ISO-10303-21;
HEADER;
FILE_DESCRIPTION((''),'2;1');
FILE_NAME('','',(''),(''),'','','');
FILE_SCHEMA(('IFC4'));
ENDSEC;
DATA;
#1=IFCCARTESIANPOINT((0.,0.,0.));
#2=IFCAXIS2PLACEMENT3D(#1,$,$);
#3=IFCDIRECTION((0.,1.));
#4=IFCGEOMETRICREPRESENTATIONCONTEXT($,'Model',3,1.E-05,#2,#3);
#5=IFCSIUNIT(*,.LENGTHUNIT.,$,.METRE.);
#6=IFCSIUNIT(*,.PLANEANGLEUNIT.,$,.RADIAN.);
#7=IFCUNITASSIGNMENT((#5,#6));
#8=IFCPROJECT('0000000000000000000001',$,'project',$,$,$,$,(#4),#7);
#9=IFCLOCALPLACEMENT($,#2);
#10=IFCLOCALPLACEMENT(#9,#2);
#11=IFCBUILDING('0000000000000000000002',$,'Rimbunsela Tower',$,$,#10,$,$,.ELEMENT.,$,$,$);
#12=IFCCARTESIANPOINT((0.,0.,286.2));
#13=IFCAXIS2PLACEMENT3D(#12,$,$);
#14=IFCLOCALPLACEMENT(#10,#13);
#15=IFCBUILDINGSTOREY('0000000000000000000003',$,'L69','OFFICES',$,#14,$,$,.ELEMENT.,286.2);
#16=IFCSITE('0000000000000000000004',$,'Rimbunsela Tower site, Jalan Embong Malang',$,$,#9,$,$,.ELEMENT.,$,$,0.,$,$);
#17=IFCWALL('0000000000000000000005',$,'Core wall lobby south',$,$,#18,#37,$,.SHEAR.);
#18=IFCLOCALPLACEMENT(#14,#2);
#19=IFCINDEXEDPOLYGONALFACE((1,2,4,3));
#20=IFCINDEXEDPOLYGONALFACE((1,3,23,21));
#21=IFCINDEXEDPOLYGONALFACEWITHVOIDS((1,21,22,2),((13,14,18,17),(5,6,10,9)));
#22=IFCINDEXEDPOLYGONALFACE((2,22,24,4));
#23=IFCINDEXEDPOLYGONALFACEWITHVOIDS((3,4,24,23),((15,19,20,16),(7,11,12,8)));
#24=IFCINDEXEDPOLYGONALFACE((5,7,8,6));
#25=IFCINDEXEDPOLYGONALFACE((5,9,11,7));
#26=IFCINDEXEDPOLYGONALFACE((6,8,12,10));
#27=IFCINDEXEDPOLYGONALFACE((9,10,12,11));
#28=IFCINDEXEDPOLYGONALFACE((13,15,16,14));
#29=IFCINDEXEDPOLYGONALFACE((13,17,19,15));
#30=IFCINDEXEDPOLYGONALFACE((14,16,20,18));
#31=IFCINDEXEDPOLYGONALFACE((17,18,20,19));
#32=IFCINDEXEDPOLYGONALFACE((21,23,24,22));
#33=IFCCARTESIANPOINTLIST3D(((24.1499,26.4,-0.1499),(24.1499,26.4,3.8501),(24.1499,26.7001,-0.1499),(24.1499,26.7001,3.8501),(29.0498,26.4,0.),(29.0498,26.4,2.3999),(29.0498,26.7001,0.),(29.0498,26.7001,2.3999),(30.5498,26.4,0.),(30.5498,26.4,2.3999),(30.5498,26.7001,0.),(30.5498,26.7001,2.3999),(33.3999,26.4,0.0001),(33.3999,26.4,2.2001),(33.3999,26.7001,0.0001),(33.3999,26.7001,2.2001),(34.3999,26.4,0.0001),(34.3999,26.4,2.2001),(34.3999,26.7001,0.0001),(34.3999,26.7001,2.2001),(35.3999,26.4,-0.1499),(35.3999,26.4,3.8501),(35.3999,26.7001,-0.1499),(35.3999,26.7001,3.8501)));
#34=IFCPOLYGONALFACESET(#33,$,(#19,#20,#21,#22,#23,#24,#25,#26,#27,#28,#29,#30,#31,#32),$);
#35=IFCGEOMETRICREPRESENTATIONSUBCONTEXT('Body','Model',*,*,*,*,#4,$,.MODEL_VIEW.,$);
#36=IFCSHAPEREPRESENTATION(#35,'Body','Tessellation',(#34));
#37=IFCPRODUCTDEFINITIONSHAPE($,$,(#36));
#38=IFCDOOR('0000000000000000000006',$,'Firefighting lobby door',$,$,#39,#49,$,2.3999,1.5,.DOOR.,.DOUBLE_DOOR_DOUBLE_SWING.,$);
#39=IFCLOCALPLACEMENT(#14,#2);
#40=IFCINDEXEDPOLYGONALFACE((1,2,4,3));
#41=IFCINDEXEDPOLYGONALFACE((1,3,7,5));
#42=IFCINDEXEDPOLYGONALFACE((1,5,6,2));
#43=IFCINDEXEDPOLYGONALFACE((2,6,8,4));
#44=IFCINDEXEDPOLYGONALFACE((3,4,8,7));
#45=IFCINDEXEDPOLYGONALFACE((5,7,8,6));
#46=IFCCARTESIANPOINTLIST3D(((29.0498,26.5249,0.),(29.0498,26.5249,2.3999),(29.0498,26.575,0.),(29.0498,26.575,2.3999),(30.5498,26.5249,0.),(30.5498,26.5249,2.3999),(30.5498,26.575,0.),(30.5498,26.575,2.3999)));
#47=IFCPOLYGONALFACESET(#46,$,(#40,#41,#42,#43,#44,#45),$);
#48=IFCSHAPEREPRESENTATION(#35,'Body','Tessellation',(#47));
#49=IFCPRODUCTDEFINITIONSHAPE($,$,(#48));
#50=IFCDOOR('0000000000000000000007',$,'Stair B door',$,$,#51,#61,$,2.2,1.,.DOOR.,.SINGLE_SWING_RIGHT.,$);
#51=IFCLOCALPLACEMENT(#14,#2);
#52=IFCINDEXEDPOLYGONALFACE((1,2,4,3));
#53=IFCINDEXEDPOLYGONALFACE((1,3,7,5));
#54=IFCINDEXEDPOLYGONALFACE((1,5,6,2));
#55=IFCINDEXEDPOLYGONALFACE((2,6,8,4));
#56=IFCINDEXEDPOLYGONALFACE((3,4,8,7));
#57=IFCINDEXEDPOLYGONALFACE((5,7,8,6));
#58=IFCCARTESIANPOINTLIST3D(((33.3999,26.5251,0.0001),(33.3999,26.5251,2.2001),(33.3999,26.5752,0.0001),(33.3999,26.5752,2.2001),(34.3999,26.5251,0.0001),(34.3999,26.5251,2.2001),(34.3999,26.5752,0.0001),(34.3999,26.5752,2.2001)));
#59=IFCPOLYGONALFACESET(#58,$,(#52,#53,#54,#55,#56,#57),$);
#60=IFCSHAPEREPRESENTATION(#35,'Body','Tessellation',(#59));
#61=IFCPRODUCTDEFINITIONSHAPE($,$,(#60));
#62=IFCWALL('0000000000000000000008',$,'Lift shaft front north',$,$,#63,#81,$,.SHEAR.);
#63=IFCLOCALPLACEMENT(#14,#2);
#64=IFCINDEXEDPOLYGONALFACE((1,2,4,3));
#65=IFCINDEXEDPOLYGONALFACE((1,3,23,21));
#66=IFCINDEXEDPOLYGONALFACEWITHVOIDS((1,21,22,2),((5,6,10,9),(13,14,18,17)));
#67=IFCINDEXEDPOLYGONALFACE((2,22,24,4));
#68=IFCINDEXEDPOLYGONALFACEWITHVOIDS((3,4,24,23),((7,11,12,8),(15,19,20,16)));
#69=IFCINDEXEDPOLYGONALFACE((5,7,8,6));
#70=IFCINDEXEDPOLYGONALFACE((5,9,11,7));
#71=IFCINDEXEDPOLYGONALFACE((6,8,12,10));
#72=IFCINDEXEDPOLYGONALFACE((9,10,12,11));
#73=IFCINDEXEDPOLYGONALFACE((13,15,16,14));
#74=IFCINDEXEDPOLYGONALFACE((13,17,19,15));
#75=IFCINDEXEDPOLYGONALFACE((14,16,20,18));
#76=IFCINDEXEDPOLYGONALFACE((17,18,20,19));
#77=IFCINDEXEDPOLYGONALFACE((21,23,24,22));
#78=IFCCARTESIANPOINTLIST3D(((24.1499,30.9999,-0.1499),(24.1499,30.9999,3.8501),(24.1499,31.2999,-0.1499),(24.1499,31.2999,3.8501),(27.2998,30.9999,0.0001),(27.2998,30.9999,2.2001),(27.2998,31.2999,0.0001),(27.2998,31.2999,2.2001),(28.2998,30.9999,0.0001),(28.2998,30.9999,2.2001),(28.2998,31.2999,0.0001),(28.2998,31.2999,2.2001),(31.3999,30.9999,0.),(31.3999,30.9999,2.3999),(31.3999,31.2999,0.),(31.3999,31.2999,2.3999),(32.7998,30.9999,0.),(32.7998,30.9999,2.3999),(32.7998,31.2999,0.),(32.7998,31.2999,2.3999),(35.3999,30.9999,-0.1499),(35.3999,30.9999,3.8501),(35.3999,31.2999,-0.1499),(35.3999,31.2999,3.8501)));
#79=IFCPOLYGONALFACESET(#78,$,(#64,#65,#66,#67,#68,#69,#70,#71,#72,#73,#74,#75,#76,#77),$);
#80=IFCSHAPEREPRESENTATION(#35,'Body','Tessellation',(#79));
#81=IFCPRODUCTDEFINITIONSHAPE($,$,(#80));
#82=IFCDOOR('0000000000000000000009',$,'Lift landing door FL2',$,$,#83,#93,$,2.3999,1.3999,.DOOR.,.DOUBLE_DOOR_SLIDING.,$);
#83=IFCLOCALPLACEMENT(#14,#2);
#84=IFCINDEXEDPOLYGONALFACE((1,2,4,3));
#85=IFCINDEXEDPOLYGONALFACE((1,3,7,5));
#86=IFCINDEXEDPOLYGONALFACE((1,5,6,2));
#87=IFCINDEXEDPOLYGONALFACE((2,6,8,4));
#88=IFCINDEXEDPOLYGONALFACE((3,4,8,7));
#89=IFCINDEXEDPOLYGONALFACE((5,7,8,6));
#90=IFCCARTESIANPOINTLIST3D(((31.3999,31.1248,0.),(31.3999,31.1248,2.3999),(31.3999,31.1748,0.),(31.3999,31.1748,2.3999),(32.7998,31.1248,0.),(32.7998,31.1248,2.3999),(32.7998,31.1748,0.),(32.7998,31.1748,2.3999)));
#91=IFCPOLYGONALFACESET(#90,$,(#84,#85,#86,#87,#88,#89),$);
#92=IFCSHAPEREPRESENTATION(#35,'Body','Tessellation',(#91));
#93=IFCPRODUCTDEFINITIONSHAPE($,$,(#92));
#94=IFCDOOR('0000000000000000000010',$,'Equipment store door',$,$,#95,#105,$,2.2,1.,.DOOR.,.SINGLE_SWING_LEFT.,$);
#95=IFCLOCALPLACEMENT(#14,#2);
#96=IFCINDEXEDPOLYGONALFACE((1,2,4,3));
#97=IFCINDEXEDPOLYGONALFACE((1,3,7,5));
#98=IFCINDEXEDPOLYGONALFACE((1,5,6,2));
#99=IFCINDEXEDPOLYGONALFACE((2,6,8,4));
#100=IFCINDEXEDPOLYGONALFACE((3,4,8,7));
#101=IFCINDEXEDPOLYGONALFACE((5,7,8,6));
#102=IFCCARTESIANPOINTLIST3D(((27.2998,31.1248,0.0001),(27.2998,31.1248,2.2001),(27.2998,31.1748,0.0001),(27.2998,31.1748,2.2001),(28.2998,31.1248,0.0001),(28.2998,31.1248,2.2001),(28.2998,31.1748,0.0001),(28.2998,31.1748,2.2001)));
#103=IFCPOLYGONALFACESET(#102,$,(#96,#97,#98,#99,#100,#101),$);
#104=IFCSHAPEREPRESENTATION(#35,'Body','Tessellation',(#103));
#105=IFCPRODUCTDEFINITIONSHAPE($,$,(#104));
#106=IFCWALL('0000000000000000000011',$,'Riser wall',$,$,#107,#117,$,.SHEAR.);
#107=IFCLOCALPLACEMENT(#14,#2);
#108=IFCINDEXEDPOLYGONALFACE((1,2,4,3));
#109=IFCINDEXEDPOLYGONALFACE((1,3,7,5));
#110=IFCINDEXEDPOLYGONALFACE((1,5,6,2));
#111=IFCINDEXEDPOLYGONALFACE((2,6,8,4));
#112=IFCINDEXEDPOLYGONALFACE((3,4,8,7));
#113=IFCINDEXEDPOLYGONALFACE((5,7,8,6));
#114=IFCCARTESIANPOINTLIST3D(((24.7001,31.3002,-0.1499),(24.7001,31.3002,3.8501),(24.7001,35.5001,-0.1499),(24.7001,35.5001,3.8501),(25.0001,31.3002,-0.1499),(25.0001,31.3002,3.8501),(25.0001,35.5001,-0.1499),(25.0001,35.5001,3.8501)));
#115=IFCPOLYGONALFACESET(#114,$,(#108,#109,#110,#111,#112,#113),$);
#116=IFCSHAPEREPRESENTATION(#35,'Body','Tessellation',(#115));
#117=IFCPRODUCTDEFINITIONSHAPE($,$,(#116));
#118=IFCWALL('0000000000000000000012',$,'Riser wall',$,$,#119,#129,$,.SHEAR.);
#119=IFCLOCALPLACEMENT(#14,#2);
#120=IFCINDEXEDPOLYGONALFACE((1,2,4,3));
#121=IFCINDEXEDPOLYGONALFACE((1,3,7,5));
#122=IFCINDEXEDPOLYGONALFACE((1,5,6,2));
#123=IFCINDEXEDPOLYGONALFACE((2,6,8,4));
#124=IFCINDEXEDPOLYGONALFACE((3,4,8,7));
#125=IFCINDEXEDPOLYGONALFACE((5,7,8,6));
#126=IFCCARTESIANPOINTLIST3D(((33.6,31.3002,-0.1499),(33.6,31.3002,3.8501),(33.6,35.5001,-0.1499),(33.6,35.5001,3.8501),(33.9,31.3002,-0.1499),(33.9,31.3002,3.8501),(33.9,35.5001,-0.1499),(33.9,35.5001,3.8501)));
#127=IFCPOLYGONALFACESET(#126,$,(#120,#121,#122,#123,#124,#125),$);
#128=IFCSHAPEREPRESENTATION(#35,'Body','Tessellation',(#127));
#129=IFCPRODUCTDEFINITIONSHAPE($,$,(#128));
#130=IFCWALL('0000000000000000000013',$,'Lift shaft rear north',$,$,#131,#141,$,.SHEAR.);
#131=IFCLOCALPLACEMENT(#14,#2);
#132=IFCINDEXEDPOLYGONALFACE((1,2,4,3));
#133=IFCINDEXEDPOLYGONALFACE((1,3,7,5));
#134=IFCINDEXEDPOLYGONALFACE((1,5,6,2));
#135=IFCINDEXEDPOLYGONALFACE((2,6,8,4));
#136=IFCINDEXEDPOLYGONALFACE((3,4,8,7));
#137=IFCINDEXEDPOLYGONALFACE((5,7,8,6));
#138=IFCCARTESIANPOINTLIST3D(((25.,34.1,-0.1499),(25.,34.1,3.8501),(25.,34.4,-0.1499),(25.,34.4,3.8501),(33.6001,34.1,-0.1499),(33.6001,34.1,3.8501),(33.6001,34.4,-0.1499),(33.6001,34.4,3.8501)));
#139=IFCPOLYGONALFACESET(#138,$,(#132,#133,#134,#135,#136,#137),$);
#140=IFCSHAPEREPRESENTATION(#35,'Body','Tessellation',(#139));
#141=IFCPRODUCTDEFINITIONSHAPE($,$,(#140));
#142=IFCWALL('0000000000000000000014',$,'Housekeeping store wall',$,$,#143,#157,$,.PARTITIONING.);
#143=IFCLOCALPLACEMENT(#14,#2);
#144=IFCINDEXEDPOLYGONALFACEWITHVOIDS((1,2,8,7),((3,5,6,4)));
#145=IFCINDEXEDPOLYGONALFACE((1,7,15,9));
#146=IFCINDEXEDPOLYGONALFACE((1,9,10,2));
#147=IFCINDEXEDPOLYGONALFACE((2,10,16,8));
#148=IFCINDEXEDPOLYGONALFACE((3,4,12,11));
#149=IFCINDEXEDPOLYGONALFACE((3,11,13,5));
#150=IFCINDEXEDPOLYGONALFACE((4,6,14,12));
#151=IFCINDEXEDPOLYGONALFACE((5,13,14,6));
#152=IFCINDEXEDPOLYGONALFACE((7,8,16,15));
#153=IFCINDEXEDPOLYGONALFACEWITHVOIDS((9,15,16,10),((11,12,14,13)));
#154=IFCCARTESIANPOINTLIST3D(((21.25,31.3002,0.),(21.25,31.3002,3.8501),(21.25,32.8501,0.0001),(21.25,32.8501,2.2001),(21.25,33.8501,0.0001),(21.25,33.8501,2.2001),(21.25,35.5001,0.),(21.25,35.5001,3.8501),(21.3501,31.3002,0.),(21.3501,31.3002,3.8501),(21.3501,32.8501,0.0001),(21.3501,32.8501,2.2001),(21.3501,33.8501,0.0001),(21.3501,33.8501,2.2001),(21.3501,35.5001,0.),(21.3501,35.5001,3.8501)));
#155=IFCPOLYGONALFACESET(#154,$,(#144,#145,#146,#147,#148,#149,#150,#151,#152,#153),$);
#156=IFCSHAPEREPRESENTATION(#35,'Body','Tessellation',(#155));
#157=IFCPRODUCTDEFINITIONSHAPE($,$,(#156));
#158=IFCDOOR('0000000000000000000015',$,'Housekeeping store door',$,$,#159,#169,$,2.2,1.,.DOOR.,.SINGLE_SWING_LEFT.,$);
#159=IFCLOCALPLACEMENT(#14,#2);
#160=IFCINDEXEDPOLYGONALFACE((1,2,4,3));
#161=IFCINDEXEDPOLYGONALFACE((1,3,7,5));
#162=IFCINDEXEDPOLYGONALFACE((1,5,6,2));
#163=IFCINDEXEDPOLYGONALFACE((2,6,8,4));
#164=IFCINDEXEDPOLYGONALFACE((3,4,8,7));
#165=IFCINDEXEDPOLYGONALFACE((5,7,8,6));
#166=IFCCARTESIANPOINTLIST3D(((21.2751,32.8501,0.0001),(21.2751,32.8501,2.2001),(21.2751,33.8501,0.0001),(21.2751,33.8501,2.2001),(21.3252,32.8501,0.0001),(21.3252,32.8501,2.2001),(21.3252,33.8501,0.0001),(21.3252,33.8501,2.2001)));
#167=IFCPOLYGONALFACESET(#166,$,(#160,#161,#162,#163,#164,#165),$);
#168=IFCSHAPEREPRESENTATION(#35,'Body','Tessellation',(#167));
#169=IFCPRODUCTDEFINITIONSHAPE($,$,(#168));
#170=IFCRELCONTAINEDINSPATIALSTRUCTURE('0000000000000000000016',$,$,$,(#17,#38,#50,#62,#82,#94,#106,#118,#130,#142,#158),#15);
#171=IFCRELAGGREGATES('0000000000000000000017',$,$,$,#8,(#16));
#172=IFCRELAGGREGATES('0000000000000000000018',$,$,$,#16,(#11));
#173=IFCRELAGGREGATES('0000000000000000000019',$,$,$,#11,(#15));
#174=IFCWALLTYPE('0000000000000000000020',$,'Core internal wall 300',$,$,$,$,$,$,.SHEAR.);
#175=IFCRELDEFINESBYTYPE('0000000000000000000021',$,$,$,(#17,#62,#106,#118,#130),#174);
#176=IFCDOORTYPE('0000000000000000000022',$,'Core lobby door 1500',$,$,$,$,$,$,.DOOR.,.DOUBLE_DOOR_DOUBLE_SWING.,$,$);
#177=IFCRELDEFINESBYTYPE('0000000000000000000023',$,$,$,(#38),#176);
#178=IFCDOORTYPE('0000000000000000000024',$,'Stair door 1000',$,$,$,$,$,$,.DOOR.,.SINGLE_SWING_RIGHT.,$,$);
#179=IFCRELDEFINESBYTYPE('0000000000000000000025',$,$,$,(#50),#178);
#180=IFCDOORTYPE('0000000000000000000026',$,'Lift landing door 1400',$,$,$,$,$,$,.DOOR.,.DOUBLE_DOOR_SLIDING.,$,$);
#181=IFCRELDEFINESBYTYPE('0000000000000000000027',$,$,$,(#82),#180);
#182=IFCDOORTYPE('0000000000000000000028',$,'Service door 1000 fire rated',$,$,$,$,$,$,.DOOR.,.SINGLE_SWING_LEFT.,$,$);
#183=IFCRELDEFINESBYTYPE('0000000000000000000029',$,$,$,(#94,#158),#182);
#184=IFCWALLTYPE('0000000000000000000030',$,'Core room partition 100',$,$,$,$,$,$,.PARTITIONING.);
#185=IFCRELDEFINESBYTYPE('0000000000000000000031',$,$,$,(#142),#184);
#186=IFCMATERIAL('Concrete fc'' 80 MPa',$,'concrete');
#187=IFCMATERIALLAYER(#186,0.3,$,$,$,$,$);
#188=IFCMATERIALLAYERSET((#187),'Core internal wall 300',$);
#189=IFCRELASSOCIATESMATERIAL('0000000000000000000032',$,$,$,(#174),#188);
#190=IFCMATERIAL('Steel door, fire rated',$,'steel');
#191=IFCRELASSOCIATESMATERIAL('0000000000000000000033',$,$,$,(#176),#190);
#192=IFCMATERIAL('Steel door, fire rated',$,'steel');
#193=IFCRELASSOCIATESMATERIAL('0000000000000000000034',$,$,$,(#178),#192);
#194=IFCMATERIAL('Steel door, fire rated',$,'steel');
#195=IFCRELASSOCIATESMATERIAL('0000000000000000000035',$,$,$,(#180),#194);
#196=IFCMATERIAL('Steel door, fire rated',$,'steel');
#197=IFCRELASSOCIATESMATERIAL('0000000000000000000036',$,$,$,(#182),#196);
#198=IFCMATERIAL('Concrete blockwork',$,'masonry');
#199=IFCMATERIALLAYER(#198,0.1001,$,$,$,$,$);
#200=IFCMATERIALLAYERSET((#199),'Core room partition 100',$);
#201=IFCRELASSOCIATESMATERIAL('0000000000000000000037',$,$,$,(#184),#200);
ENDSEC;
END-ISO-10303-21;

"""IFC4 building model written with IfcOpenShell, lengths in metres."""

from ifc_helpers import new_model, si_unit, direction, frame, frame_2d, origin, place, context, subcontext, project, spatial, rectangle, extrude, material, layer, layer_set, type_object, element, fill, save


model = new_model("IFC4")

# Units and contexts
model_context = context("Model", 3, precision=1e-05, world=origin(), true_north=direction((0.0, 1.0)))
body_context = subcontext(model_context, "Body", "Model", "MODEL_VIEW")
ifc_project = project(units=[si_unit("LENGTHUNIT", "METRE"), si_unit("PLANEANGLEUNIT", "RADIAN")], contexts=[model_context])

# Site, building, storey
site_placement = place(None, origin())
site = spatial("IfcSite", under=ifc_project, at=site_placement, Name="Rimbunsela Tower site, Jalan Embong Malang", CompositionType="ELEMENT", RefElevation=0.0)
building_placement = place(site_placement, origin())
building = spatial("IfcBuilding", under=site, at=building_placement, Name="Rimbunsela Tower", CompositionType="ELEMENT")
storey_placement = place(building_placement, frame((0.0, 0.0, 286.2)))
storey = spatial("IfcBuildingStorey", under=building, at=storey_placement, Name="L69", Description="OFFICES", CompositionType="ELEMENT", Elevation=286.2)

# Walls, openings, doors
ifc_material_1 = material(Name="Concrete fc' 80 MPa", Category="concrete")
ifc_layer_1 = layer(ifc_material_1, 0.3)
ifc_layer_set_1 = layer_set([ifc_layer_1], Name="Core internal wall 300")
wall_type_1 = type_object("IfcWallType", Name="Core internal wall 300", PredefinedType="SHEAR", material=ifc_layer_set_1)
wall_1_placement = place(storey_placement, frame((24.1499, 26.55, -0.1499), z_axis=(0.0, 0.0, 1.0), x_axis=(1.0, 0.0, 0.0)))
wall_1 = element("IfcWall", 1, at=wall_1_placement, inside=storey, type_object=wall_type_1, Name="Core wall lobby south", PredefinedType="SHEAR", context=body_context, shape_type="SweptSolid", body=[
    extrude(rectangle(XDim=11.25, YDim=0.3, at=frame_2d((5.625, 0.0))), origin(), (0.0, 0.0, 1.0), 4.0),
])
opening_1_placement = place(wall_1_placement, frame((9.25, 0.0, 0.1499)))
opening_1 = element("IfcOpeningElement", 2, at=opening_1_placement, cuts=wall_1, PredefinedType="OPENING", context=body_context, shape_type="SweptSolid", body=[
    extrude(rectangle(XDim=1.0, YDim=2.2, at=frame_2d((0.5, 1.1001))), frame((0.0, 0.1599, 0.0), z_axis=(0.0, -1.0, 0.0), x_axis=(1.0, 0.0, 0.0)), (0.0, 0.0, 1.0), 0.3201),
])
opening_2_placement = place(wall_1_placement, frame((4.8999, 0.0, 0.1499)))
opening_2 = element("IfcOpeningElement", 3, at=opening_2_placement, cuts=wall_1, PredefinedType="OPENING", context=body_context, shape_type="SweptSolid", body=[
    extrude(rectangle(XDim=1.5, YDim=2.3999, at=frame_2d((0.75, 1.2))), frame((0.0, 0.1599, 0.0), z_axis=(0.0, -1.0, 0.0), x_axis=(1.0, 0.0, 0.0)), (0.0, 0.0, 1.0), 0.3201),
])
ifc_material_2 = material(Name="Steel door, fire rated", Category="steel")
door_type_1 = type_object("IfcDoorType", Name="Core lobby door 1500", OperationType="DOUBLE_DOOR_DOUBLE_SWING", PredefinedType="DOOR", material=ifc_material_2)
door_1_placement = place(opening_2_placement, origin())
door_1 = element("IfcDoor", 4, at=door_1_placement, inside=storey, type_object=door_type_1, Name="Firefighting lobby door", OperationType="DOUBLE_DOOR_DOUBLE_SWING", OverallHeight=2.3999, OverallWidth=1.5, PredefinedType="DOOR", context=body_context, shape_type="SweptSolid", body=[
    extrude(rectangle(XDim=1.5, YDim=2.3999, at=frame_2d((0.75, 1.2))), frame((0.0, 0.0249, 0.0), z_axis=(0.0, -1.0, 0.0), x_axis=(1.0, 0.0, 0.0)), (0.0, 0.0, 1.0), 0.05),
])
fill(opening_2, door_1)
ifc_material_3 = material(Name="Steel door, fire rated", Category="steel")
door_type_2 = type_object("IfcDoorType", Name="Stair door 1000", OperationType="SINGLE_SWING_RIGHT", PredefinedType="DOOR", material=ifc_material_3)
door_2_placement = place(opening_1_placement, frame((1.0, 0.0, 0.0), z_axis=(0.0, 0.0, 1.0), x_axis=(-1.0, 0.0, 0.0)))
door_2 = element("IfcDoor", 5, at=door_2_placement, inside=storey, type_object=door_type_2, Name="Stair B door", OperationType="SINGLE_SWING_RIGHT", OverallHeight=2.2, OverallWidth=1.0, PredefinedType="DOOR", context=body_context, shape_type="SweptSolid", body=[
    extrude(rectangle(XDim=1.0, YDim=2.2, at=frame_2d((0.5, 1.1001))), frame((0.0, 0.0249, 0.0), z_axis=(0.0, -1.0, 0.0), x_axis=(1.0, 0.0, 0.0)), (0.0, 0.0, 1.0), 0.05),
])
fill(opening_1, door_2)
wall_2_placement = place(storey_placement, frame((24.1499, 31.1499, -0.1499), z_axis=(0.0, 0.0, 1.0), x_axis=(1.0, 0.0, 0.0)))
wall_2 = element("IfcWall", 6, at=wall_2_placement, inside=storey, type_object=wall_type_1, Name="Lift shaft front north", PredefinedType="SHEAR", context=body_context, shape_type="SweptSolid", body=[
    extrude(rectangle(XDim=11.25, YDim=0.3, at=frame_2d((5.625, 0.0))), origin(), (0.0, 0.0, 1.0), 4.0),
])
opening_3_placement = place(wall_2_placement, frame((3.1499, 0.0, 0.1499)))
opening_3 = element("IfcOpeningElement", 7, at=opening_3_placement, cuts=wall_2, PredefinedType="OPENING", context=body_context, shape_type="SweptSolid", body=[
    extrude(rectangle(XDim=1.0, YDim=2.2, at=frame_2d((0.5, 1.1001))), frame((0.0, 0.1599, 0.0), z_axis=(0.0, -1.0, 0.0), x_axis=(1.0, 0.0, 0.0)), (0.0, 0.0, 1.0), 0.3201),
])
opening_4_placement = place(wall_2_placement, frame((7.25, 0.0, 0.1499)))
opening_4 = element("IfcOpeningElement", 8, at=opening_4_placement, cuts=wall_2, PredefinedType="OPENING", context=body_context, shape_type="SweptSolid", body=[
    extrude(rectangle(XDim=1.3999, YDim=2.3999, at=frame_2d((0.7, 1.2))), frame((0.0, 0.1599, 0.0), z_axis=(0.0, -1.0, 0.0), x_axis=(1.0, 0.0, 0.0)), (0.0, 0.0, 1.0), 0.3201),
])
ifc_material_4 = material(Name="Steel door, fire rated", Category="steel")
door_type_3 = type_object("IfcDoorType", Name="Lift landing door 1400", OperationType="DOUBLE_DOOR_SLIDING", PredefinedType="DOOR", material=ifc_material_4)
door_3_placement = place(opening_4_placement, origin())
door_3 = element("IfcDoor", 9, at=door_3_placement, inside=storey, type_object=door_type_3, Name="Lift landing door FL2", OperationType="DOUBLE_DOOR_SLIDING", OverallHeight=2.3999, OverallWidth=1.3999, PredefinedType="DOOR", context=body_context, shape_type="SweptSolid", body=[
    extrude(rectangle(XDim=1.3999, YDim=2.3999, at=frame_2d((0.7, 1.2))), frame((0.0, 0.0249, 0.0), z_axis=(0.0, -1.0, 0.0), x_axis=(1.0, 0.0, 0.0)), (0.0, 0.0, 1.0), 0.05),
])
fill(opening_4, door_3)
ifc_material_5 = material(Name="Steel door, fire rated", Category="steel")
door_type_4 = type_object("IfcDoorType", Name="Service door 1000 fire rated", OperationType="SINGLE_SWING_LEFT", PredefinedType="DOOR", material=ifc_material_5)
door_4_placement = place(opening_3_placement, origin())
door_4 = element("IfcDoor", 10, at=door_4_placement, inside=storey, type_object=door_type_4, Name="Equipment store door", OperationType="SINGLE_SWING_LEFT", OverallHeight=2.2, OverallWidth=1.0, PredefinedType="DOOR", context=body_context, shape_type="SweptSolid", body=[
    extrude(rectangle(XDim=1.0, YDim=2.2, at=frame_2d((0.5, 1.1001))), frame((0.0, 0.0249, 0.0), z_axis=(0.0, -1.0, 0.0), x_axis=(1.0, 0.0, 0.0)), (0.0, 0.0, 1.0), 0.05),
])
fill(opening_3, door_4)

# Walls
for number, where, z_axis, x_axis, name in (
    (11, (24.8501, 31.3, -0.1499), (0.0, 0.0, 1.0), (0.0, 1.0, 0.0), "Riser wall"),
    (12, (33.75, 31.3, -0.1499), (0.0, 0.0, 1.0), (0.0, 1.0, 0.0), "Riser wall"),
):
    element("IfcWall", number, at=place(storey_placement, frame(where, z_axis=z_axis, x_axis=x_axis)), inside=storey, type_object=wall_type_1, Name=name, PredefinedType="SHEAR", context=body_context, shape_type="SweptSolid", body=[
        extrude(rectangle(XDim=4.2, YDim=0.3, at=frame_2d((2.1001, 0.0))), origin(), (0.0, 0.0, 1.0), 4.0),
    ])
wall_3_placement = place(storey_placement, frame((25.0, 34.25, -0.1499), z_axis=(0.0, 0.0, 1.0), x_axis=(1.0, 0.0, 0.0)))
element("IfcWall", 13, at=wall_3_placement, inside=storey, type_object=wall_type_1, Name="Lift shaft rear north", PredefinedType="SHEAR", context=body_context, shape_type="SweptSolid", body=[
    extrude(rectangle(XDim=8.6001, YDim=0.3, at=frame_2d((4.3, 0.0))), origin(), (0.0, 0.0, 1.0), 4.0),
])

# Wall, opening, door
ifc_material_6 = material(Name="Concrete blockwork", Category="masonry")
ifc_layer_2 = layer(ifc_material_6, 0.1001)
ifc_layer_set_2 = layer_set([ifc_layer_2], Name="Core room partition 100")
wall_type_2 = type_object("IfcWallType", Name="Core room partition 100", PredefinedType="PARTITIONING", material=ifc_layer_set_2)
wall_4_placement = place(storey_placement, frame((21.3, 31.3, 0.0), z_axis=(0.0, 0.0, 1.0), x_axis=(0.0, 1.0, 0.0)))
wall_4 = element("IfcWall", 14, at=wall_4_placement, inside=storey, type_object=wall_type_2, Name="Housekeeping store wall", PredefinedType="PARTITIONING", context=body_context, shape_type="SweptSolid", body=[
    extrude(rectangle(XDim=4.2, YDim=0.1001, at=frame_2d((2.1001, 0.0))), origin(), (0.0, 0.0, 1.0), 3.8501),
])
opening_5_placement = place(wall_4_placement, frame((1.55, 0.0, 0.0)))
opening_5 = element("IfcOpeningElement", 15, at=opening_5_placement, cuts=wall_4, PredefinedType="OPENING", context=body_context, shape_type="SweptSolid", body=[
    extrude(rectangle(XDim=1.0, YDim=2.2, at=frame_2d((0.5, 1.1001))), frame((0.0, 0.0601, 0.0), z_axis=(0.0, -1.0, 0.0), x_axis=(1.0, 0.0, 0.0)), (0.0, 0.0, 1.0), 0.1201),
])
door_5_placement = place(opening_5_placement, origin())
door_5 = element("IfcDoor", 16, at=door_5_placement, inside=storey, type_object=door_type_4, Name="Housekeeping store door", OperationType="SINGLE_SWING_LEFT", OverallHeight=2.2, OverallWidth=1.0, PredefinedType="DOOR", context=body_context, shape_type="SweptSolid", body=[
    extrude(rectangle(XDim=1.0, YDim=2.2, at=frame_2d((0.5, 1.1001))), frame((0.0, 0.0249, 0.0), z_axis=(0.0, -1.0, 0.0), x_axis=(1.0, 0.0, 0.0)), (0.0, 0.0, 1.0), 0.05),
])
fill(opening_5, door_5)

save(model, "model.ifc")
